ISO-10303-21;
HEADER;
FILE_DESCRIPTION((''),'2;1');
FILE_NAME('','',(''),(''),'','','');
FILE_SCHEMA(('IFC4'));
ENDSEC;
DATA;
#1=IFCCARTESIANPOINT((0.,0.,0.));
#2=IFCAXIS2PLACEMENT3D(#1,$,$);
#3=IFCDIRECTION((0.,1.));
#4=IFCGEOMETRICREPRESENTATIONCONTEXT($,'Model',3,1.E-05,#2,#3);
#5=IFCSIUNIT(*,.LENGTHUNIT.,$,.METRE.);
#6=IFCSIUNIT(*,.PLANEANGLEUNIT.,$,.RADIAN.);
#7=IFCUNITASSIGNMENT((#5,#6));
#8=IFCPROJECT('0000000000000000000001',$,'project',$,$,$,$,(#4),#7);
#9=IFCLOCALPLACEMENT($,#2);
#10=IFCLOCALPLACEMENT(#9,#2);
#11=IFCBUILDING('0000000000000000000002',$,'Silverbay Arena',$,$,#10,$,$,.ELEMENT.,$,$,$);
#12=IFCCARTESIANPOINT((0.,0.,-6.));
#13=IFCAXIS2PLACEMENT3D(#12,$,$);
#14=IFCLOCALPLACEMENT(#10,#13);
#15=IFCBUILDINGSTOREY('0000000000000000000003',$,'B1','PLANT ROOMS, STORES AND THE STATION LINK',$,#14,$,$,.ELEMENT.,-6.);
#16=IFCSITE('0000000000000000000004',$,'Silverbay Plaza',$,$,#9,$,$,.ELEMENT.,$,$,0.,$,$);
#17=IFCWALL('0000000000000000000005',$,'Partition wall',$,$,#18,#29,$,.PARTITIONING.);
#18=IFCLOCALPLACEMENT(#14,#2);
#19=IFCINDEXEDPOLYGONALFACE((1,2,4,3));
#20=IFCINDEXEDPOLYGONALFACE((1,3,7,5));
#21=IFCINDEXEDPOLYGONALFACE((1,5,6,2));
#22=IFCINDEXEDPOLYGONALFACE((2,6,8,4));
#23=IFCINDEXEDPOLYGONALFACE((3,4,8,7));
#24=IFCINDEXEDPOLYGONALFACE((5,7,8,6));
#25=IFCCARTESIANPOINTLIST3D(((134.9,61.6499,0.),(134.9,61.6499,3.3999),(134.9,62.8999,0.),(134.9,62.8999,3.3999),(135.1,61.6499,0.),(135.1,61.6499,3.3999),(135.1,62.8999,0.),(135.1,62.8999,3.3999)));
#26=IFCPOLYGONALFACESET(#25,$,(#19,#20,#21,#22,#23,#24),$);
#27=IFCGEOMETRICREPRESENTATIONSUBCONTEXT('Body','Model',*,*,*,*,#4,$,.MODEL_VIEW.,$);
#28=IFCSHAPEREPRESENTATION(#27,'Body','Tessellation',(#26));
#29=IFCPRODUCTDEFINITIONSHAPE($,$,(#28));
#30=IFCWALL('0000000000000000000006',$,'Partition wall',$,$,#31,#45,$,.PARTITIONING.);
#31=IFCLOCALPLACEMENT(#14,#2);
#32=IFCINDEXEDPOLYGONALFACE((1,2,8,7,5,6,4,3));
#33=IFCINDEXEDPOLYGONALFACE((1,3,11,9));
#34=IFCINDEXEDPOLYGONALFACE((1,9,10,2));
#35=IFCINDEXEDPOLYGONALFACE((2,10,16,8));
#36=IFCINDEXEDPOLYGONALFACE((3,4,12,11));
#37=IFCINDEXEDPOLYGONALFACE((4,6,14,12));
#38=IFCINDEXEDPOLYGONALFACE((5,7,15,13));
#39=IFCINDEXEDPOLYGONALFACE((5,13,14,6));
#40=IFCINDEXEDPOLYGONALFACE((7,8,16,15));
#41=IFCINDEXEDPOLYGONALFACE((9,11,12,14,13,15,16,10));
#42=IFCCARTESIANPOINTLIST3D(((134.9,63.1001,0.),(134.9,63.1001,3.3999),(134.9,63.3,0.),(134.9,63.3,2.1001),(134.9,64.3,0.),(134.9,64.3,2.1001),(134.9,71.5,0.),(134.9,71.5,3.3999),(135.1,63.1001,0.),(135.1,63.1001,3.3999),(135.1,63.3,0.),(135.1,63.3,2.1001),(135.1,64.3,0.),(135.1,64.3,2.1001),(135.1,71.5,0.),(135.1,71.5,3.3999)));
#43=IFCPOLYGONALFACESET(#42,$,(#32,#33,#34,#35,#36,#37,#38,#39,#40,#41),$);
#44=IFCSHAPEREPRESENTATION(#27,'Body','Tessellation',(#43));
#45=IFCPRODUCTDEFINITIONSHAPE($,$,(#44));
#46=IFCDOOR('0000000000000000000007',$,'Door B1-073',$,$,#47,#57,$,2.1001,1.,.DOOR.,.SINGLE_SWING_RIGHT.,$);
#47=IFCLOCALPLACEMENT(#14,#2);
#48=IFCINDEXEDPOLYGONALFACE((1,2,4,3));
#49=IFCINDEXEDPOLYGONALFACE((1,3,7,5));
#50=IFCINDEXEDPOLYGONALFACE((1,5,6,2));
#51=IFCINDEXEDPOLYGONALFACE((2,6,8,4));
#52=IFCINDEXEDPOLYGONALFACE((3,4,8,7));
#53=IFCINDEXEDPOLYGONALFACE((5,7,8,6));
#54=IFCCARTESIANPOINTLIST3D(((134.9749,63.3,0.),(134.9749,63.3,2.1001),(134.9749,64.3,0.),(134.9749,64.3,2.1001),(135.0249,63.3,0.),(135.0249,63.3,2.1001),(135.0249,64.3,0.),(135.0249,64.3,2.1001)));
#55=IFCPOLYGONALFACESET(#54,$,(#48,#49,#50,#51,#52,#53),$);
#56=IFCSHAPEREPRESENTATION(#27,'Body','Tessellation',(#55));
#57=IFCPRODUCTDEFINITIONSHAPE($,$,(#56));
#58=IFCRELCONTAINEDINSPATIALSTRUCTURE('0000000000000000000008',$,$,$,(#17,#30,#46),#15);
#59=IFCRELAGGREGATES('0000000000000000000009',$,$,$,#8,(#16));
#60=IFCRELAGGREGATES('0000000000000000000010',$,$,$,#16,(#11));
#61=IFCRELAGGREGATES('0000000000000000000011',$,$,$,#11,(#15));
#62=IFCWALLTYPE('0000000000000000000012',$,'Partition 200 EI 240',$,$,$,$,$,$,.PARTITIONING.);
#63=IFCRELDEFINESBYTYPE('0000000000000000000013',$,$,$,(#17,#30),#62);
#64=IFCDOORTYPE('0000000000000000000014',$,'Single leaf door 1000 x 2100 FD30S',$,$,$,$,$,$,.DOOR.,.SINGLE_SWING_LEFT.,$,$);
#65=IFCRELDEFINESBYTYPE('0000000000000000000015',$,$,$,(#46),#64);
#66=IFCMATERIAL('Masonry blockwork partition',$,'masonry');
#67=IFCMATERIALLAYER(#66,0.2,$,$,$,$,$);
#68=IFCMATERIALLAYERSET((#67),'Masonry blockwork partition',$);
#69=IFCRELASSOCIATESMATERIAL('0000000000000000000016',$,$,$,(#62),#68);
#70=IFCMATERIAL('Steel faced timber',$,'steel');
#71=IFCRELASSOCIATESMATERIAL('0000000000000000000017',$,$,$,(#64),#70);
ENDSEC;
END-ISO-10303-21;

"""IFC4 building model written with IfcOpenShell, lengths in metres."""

from ifc_helpers import new_model, si_unit, direction, frame, frame_2d, origin, place, context, subcontext, project, spatial, rectangle, extrude, material, layer, layer_set, type_object, element, fill, save


model = new_model("IFC4")

# Units and contexts
model_context = context("Model", 3, precision=1e-05, world=origin(), true_north=direction((0.0, 1.0)))
body_context = subcontext(model_context, "Body", "Model", "MODEL_VIEW")
ifc_project = project(units=[si_unit("LENGTHUNIT", "METRE"), si_unit("PLANEANGLEUNIT", "RADIAN")], contexts=[model_context])

# Site, building, storey
site_placement = place(None, origin())
site = spatial("IfcSite", under=ifc_project, at=site_placement, Name="Silverbay Plaza", CompositionType="ELEMENT", RefElevation=0.0)
building_placement = place(site_placement, origin())
building = spatial("IfcBuilding", under=site, at=building_placement, Name="Silverbay Arena", CompositionType="ELEMENT")
storey_placement = place(building_placement, frame((0.0, 0.0, -6.0)))
storey = spatial("IfcBuildingStorey", under=building, at=storey_placement, Name="B1", Description="PLANT ROOMS, STORES AND THE STATION LINK", CompositionType="ELEMENT", Elevation=-6.0)

# Shared definitions
ifc_material_1 = material(Name="Masonry blockwork partition", Category="masonry")
ifc_layer = layer(ifc_material_1, 0.2)
ifc_layer_set = layer_set([ifc_layer], Name="Masonry blockwork partition")
wall_type = type_object("IfcWallType", Name="Partition 200 EI 240", PredefinedType="PARTITIONING", material=ifc_layer_set)

# Shared definitions
ifc_material_2 = material(Name="Steel faced timber", Category="steel")
door_type = type_object("IfcDoorType", Name="Single leaf door 1000 x 2100 FD30S", OperationType="SINGLE_SWING_LEFT", PredefinedType="DOOR", material=ifc_material_2)

# Wall
wall_1_placement = place(storey_placement, frame((135.0, 61.6499, 0.0), z_axis=(0.0, 0.0, 1.0), x_axis=(0.0, 1.0, 0.0)))
element("IfcWall", 1, at=wall_1_placement, inside=storey, type_object=wall_type, Name="Partition wall", PredefinedType="PARTITIONING", context=body_context, shape_type="SweptSolid", body=[
    extrude(rectangle(XDim=1.25, YDim=0.2, at=frame_2d((0.625, 0.0))), origin(), (0.0, 0.0, 1.0), 3.3999),
])

# Wall, opening, door
wall_2_placement = place(storey_placement, frame((135.0, 63.1001, 0.0), z_axis=(0.0, 0.0, 1.0), x_axis=(0.0, 1.0, 0.0)))
wall_2 = element("IfcWall", 2, at=wall_2_placement, inside=storey, type_object=wall_type, Name="Partition wall", PredefinedType="PARTITIONING", context=body_context, shape_type="SweptSolid", body=[
    extrude(rectangle(XDim=8.3999, YDim=0.2, at=frame_2d((4.2, 0.0))), origin(), (0.0, 0.0, 1.0), 3.3999),
])
opening_1_placement = place(wall_2_placement, frame((0.2, 0.0, 0.0)))
opening_1 = element("IfcOpeningElement", 3, at=opening_1_placement, cuts=wall_2, PredefinedType="OPENING", context=body_context, shape_type="SweptSolid", body=[
    extrude(rectangle(XDim=1.0, YDim=2.1001, at=frame_2d((0.5, 1.05))), frame((0.0, 0.1099, 0.0), z_axis=(0.0, -1.0, 0.0), x_axis=(1.0, 0.0, 0.0)), (0.0, 0.0, 1.0), 0.22),
])
door_1_placement = place(opening_1_placement, frame((1.0, 0.0, 0.0), z_axis=(0.0, 0.0, 1.0), x_axis=(-1.0, 0.0, 0.0)))
door_1 = element("IfcDoor", 4, at=door_1_placement, inside=storey, type_object=door_type, Name="Door B1-073", OperationType="SINGLE_SWING_RIGHT", OverallHeight=2.1001, OverallWidth=1.0, PredefinedType="DOOR", context=body_context, shape_type="SweptSolid", body=[
    extrude(rectangle(XDim=1.0, YDim=2.1001, at=frame_2d((0.5, 1.05))), frame((0.0, 0.0249, 0.0), z_axis=(0.0, -1.0, 0.0), x_axis=(1.0, 0.0, 0.0)), (0.0, 0.0, 1.0), 0.05),
])
fill(opening_1, door_1)

save(model, "model.ifc")
